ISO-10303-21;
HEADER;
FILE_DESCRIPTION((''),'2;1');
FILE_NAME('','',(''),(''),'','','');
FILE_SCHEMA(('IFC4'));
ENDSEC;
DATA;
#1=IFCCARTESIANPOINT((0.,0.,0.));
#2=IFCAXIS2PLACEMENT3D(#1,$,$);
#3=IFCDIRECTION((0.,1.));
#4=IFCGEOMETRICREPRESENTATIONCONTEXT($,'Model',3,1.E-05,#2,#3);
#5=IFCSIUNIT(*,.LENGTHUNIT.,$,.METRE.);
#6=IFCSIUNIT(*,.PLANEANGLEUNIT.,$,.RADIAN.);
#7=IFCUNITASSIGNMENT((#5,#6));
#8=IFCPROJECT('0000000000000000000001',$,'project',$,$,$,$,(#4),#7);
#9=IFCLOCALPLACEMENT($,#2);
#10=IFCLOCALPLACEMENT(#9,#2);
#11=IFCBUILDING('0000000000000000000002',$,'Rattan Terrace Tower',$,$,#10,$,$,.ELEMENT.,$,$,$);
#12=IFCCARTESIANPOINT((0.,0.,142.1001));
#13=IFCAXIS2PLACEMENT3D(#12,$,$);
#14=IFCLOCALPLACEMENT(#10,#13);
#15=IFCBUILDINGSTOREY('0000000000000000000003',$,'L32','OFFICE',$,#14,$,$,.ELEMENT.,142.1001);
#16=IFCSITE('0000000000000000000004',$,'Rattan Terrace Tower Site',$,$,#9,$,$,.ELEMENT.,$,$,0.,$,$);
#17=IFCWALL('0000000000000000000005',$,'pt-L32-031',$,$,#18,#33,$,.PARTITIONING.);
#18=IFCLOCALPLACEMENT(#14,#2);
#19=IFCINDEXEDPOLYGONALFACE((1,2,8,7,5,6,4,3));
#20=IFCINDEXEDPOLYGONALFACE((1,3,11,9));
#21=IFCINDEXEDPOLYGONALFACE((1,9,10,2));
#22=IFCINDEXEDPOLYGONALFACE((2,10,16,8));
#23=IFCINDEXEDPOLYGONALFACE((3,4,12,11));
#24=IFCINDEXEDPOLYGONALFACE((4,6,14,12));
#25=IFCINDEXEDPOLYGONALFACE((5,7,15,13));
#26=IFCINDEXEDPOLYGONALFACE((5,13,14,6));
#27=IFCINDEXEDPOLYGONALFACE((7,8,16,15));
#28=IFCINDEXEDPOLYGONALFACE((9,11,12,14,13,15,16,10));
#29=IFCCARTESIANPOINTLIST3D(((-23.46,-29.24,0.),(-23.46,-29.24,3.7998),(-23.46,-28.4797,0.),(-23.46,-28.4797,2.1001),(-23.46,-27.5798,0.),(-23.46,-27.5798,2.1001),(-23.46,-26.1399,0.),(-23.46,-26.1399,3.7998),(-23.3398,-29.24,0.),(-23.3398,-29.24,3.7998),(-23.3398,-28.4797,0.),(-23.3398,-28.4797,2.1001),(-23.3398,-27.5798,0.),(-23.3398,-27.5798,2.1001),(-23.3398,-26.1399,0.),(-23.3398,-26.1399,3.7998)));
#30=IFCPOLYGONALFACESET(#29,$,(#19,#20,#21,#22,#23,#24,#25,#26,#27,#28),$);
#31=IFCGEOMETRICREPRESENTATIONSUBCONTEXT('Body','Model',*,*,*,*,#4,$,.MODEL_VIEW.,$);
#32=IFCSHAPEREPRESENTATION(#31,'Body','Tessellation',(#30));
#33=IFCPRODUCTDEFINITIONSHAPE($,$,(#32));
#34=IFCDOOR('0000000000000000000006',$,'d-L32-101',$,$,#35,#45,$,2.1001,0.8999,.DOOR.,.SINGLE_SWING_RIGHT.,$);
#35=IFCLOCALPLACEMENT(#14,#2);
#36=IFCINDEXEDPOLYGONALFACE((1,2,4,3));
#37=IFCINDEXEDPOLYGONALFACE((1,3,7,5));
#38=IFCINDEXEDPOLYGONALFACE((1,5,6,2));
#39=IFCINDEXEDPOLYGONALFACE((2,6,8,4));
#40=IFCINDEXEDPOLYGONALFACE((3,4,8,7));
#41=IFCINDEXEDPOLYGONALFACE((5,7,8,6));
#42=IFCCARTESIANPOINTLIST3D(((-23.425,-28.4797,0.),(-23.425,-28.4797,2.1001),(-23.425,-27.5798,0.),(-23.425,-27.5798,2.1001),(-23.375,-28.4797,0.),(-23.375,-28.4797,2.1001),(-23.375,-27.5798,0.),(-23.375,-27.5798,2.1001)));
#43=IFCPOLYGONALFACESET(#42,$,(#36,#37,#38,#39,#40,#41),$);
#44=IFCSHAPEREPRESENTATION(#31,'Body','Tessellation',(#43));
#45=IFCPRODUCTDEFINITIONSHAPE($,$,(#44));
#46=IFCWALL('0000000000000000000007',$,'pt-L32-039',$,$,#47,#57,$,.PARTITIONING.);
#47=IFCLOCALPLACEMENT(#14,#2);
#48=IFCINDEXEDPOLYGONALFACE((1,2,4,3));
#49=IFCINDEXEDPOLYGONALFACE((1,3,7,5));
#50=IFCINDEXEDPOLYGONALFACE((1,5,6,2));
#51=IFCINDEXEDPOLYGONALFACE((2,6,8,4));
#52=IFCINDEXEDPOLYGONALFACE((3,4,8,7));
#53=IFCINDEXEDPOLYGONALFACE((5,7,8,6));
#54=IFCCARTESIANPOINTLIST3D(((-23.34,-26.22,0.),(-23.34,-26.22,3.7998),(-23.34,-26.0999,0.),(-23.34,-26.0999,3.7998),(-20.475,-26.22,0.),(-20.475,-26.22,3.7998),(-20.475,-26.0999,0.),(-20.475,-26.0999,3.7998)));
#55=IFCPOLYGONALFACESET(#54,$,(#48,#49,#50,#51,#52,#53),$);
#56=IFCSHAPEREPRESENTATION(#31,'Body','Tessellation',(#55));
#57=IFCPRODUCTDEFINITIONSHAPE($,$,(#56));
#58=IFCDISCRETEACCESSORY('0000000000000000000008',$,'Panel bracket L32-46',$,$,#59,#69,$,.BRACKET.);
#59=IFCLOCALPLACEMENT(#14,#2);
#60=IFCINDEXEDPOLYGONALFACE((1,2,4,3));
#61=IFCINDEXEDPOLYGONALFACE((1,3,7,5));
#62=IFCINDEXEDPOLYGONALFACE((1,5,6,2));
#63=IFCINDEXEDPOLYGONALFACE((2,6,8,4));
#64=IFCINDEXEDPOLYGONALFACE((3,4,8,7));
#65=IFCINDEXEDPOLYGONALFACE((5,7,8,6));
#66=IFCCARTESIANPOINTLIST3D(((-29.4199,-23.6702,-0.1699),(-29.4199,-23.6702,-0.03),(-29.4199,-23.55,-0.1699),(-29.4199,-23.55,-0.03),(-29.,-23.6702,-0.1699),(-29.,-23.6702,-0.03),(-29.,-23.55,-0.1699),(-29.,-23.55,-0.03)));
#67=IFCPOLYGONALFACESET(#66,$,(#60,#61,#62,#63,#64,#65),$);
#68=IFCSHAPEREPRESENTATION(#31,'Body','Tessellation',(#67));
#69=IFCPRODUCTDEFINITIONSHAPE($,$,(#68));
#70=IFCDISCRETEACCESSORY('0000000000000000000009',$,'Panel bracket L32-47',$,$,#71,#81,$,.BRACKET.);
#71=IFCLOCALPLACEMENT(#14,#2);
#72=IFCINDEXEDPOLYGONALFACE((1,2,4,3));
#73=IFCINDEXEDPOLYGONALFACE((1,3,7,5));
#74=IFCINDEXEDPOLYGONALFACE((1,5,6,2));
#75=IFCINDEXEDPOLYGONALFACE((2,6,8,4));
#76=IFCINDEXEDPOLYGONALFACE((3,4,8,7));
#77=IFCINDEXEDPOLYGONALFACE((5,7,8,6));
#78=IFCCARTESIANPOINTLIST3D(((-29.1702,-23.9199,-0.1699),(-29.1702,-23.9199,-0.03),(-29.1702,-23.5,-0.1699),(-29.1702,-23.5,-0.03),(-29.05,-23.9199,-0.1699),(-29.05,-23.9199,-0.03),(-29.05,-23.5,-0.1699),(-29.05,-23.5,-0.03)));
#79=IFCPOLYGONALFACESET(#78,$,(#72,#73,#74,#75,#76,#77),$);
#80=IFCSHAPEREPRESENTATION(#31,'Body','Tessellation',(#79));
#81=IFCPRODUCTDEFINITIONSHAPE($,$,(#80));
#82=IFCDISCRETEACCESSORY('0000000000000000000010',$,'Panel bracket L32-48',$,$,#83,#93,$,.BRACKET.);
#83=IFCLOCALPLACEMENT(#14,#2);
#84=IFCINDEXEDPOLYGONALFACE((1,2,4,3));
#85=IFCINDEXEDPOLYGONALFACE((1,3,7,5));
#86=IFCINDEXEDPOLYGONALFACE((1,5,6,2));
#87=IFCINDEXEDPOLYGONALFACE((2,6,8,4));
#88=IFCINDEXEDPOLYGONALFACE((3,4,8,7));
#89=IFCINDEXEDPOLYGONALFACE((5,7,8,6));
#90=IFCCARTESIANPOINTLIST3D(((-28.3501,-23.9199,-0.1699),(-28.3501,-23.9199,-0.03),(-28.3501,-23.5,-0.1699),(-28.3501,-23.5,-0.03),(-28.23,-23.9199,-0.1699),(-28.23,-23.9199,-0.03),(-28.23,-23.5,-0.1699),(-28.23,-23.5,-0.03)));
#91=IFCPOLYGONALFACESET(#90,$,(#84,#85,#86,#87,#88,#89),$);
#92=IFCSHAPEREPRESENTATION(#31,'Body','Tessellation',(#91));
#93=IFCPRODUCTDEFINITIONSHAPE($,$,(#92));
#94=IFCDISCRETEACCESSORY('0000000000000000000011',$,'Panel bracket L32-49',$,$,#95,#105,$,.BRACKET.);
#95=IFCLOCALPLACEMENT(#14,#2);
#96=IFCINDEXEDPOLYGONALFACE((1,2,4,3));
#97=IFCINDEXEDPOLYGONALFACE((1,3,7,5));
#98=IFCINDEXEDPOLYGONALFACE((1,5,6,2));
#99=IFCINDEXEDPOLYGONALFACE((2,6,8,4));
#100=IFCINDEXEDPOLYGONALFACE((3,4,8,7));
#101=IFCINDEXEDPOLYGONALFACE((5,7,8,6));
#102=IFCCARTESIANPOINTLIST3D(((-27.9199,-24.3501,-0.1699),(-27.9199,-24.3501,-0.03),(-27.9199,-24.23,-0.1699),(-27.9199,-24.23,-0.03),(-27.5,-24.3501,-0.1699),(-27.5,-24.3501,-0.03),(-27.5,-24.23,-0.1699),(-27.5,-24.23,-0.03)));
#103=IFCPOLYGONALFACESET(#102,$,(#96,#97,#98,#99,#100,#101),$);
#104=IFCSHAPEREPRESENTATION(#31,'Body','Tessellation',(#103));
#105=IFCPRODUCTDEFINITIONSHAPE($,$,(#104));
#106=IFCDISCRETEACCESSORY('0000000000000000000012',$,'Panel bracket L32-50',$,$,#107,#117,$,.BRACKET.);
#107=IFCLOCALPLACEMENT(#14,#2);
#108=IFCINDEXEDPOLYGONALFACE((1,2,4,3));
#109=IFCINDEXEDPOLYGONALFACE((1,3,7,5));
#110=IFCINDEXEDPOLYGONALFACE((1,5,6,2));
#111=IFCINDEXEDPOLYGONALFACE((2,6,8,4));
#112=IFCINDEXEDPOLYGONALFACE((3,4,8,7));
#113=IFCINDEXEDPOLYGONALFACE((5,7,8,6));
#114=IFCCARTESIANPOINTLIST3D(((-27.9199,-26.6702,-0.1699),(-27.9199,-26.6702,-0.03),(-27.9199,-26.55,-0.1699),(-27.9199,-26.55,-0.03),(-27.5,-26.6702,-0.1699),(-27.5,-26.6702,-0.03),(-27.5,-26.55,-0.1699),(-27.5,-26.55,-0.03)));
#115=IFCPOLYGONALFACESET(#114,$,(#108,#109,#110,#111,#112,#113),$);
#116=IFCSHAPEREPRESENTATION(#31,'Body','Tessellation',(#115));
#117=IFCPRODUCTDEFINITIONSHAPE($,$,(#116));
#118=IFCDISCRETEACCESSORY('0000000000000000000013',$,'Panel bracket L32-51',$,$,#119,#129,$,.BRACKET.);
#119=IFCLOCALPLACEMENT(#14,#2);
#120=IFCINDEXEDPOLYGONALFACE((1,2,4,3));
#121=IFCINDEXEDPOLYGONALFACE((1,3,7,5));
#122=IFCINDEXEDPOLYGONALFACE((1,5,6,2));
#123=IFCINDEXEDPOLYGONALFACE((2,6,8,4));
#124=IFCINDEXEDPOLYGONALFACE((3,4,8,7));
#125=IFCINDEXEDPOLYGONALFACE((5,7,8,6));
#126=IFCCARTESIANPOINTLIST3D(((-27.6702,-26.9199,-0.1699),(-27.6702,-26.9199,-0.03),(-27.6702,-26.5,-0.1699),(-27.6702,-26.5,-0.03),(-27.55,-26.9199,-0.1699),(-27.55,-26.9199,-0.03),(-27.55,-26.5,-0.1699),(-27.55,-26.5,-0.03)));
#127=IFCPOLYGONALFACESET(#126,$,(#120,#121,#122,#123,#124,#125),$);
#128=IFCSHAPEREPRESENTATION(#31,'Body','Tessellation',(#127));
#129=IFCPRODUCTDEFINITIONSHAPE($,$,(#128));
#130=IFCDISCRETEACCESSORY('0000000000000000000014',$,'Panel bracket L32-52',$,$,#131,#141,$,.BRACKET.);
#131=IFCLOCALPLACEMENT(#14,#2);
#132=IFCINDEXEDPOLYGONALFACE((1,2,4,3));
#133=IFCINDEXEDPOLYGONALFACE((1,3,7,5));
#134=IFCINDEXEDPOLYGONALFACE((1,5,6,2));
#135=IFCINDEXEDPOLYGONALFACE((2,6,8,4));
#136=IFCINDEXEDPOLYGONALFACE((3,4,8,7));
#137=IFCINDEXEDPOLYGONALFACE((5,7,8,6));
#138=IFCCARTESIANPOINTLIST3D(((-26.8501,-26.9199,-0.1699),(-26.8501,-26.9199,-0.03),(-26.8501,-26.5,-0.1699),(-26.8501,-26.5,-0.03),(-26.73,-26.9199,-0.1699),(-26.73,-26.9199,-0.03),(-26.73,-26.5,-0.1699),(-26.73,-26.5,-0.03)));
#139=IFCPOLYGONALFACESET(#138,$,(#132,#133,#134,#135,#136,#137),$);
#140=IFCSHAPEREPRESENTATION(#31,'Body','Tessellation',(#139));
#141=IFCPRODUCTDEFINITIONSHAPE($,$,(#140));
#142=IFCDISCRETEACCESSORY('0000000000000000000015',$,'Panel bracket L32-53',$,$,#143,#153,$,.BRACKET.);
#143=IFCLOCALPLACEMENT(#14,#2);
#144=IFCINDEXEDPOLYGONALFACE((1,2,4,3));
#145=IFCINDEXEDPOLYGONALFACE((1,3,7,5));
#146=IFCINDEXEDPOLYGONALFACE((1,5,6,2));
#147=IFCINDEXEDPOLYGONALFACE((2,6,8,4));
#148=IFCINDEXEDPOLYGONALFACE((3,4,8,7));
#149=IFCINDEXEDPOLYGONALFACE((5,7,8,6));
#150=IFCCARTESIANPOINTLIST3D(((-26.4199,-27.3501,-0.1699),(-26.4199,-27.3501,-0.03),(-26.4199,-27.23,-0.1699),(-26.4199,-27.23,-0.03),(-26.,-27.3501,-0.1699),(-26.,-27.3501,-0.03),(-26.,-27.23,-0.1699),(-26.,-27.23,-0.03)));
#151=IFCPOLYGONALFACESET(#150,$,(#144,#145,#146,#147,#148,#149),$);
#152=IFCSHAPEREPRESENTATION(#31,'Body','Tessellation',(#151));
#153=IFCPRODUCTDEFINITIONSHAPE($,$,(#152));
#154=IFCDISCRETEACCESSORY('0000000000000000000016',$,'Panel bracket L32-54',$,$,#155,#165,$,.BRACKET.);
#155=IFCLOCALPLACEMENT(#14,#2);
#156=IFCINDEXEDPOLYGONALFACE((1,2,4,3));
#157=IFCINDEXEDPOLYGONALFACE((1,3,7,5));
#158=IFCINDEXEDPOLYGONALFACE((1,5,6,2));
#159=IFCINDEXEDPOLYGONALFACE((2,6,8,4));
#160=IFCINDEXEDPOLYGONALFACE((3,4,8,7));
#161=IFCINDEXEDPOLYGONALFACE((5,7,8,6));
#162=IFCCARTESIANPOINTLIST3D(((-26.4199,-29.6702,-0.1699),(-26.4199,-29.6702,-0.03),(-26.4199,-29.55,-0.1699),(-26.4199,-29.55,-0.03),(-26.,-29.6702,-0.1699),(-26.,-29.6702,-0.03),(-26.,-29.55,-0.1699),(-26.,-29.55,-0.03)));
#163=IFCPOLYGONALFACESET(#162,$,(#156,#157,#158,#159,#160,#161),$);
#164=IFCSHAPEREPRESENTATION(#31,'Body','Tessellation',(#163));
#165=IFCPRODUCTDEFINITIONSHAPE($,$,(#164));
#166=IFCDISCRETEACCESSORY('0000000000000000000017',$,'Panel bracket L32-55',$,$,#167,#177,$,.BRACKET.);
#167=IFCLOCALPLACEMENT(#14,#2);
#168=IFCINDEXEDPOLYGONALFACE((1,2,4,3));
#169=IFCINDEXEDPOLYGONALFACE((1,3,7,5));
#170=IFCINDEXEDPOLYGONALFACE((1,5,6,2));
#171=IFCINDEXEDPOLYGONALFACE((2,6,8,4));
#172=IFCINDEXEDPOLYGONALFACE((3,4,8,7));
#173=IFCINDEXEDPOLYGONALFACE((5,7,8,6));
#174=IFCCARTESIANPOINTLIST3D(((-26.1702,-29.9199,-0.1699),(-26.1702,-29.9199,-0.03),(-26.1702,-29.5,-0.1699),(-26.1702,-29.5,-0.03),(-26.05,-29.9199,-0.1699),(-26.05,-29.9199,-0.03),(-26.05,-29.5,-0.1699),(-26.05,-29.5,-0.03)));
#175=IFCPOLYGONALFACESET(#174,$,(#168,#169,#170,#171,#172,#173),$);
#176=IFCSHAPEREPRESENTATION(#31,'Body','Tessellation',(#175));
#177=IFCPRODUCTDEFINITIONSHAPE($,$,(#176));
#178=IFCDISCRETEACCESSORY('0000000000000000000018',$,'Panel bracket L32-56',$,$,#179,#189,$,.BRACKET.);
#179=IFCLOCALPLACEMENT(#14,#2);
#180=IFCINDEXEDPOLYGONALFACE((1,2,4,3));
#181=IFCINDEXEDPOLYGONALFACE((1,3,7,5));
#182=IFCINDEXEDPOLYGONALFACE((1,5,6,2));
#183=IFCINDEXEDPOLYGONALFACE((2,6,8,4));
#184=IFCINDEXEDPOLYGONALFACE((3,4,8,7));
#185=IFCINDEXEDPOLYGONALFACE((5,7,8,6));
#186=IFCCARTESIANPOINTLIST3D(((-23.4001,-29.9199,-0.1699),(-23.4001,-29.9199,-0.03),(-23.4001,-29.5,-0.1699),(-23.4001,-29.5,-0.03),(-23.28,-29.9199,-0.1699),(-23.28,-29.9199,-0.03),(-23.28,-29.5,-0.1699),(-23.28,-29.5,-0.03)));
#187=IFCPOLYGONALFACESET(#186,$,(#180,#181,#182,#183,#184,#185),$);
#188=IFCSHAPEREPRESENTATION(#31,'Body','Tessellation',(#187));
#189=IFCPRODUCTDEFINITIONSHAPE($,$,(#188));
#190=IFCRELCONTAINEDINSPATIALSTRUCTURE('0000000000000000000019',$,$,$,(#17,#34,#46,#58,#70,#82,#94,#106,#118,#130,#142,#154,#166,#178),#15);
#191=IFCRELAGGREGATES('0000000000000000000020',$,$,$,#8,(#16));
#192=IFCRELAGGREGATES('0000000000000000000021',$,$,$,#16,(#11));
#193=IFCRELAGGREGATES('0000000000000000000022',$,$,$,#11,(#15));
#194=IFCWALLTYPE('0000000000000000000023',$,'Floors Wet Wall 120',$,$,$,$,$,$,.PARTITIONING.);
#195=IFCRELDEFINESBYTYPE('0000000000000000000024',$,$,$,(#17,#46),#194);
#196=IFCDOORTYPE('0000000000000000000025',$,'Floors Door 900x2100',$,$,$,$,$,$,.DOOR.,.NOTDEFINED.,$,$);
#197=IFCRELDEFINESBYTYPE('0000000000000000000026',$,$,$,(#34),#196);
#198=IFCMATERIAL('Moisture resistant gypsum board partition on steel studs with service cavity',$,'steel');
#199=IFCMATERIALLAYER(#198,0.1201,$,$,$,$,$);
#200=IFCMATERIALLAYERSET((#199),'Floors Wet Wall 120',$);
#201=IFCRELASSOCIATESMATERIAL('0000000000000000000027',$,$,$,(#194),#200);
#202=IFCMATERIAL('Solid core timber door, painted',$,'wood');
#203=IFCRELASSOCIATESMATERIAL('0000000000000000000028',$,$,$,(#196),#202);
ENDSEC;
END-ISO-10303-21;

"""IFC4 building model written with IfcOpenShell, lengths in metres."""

from ifc_helpers import new_model, si_unit, direction, frame, frame_2d, origin, origin_2d, place, context, subcontext, project, spatial, rectangle, extrude, material, layer, layer_set, type_object, element, fill, save


model = new_model("IFC4")

# Units and contexts
model_context = context("Model", 3, precision=1e-05, world=origin(), true_north=direction((0.0, 1.0)))
body_context = subcontext(model_context, "Body", "Model", "MODEL_VIEW")
ifc_project = project(units=[si_unit("LENGTHUNIT", "METRE"), si_unit("PLANEANGLEUNIT", "RADIAN")], contexts=[model_context])

# Site, building, storey
site_placement = place(None, origin())
site = spatial("IfcSite", under=ifc_project, at=site_placement, Name="Rattan Terrace Tower Site", CompositionType="ELEMENT", RefElevation=0.0)
building_placement = place(site_placement, origin())
building = spatial("IfcBuilding", under=site, at=building_placement, Name="Rattan Terrace Tower", CompositionType="ELEMENT")
storey_placement = place(building_placement, frame((0.0, 0.0, 142.1001)))
storey = spatial("IfcBuildingStorey", under=building, at=storey_placement, Name="L32", Description="OFFICE", CompositionType="ELEMENT", Elevation=142.1001)

# Wall, opening, door
ifc_material_1 = material(Name="Moisture resistant gypsum board partition on steel studs with service cavity", Category="steel")
ifc_layer_1 = layer(ifc_material_1, 0.1201)
ifc_layer_set_1 = layer_set([ifc_layer_1], Name="Floors Wet Wall 120")
wall_type_1 = type_object("IfcWallType", Name="Floors Wet Wall 120", PredefinedType="PARTITIONING", material=ifc_layer_set_1)
wall_1_placement = place(storey_placement, frame((-23.3999, -26.1399, 0.0), z_axis=(0.0, 0.0, 1.0), x_axis=(0.0, -1.0, 0.0)))
wall_1 = element("IfcWall", 1, at=wall_1_placement, inside=storey, type_object=wall_type_1, Name="pt-L32-031", PredefinedType="PARTITIONING", context=body_context, shape_type="SweptSolid", body=[
    extrude(rectangle(XDim=3.1001, YDim=0.1201, at=frame_2d((1.55, 0.0))), origin(), (0.0, 0.0, 1.0), 3.7998),
])
opening_1_placement = place(wall_1_placement, frame((1.4399, 0.0, 0.0)))
opening_1 = element("IfcOpeningElement", 2, at=opening_1_placement, cuts=wall_1, PredefinedType="OPENING", context=body_context, shape_type="SweptSolid", body=[
    extrude(rectangle(XDim=0.8999, YDim=2.1001, at=frame_2d((0.45, 1.05))), frame((0.0, 0.0706, 0.0), z_axis=(0.0, -1.0, 0.0), x_axis=(1.0, 0.0, 0.0)), (0.0, 0.0, 1.0), 0.1411),
])
ifc_material_2 = material(Name="Solid core timber door, painted", Category="wood")
door_type_1 = type_object("IfcDoorType", Name="Floors Door 900x2100", OperationType="NOTDEFINED", PredefinedType="DOOR", material=ifc_material_2)
door_1_placement = place(opening_1_placement, origin())
door_1 = element("IfcDoor", 3, at=door_1_placement, inside=storey, type_object=door_type_1, Name="d-L32-101", OperationType="SINGLE_SWING_RIGHT", OverallHeight=2.1001, OverallWidth=0.8999, PredefinedType="DOOR", context=body_context, shape_type="SweptSolid", body=[
    extrude(rectangle(XDim=0.8999, YDim=2.1001, at=frame_2d((0.45, 1.05))), frame((0.0, 0.0249, 0.0), z_axis=(0.0, -1.0, 0.0), x_axis=(1.0, 0.0, 0.0)), (0.0, 0.0, 1.0), 0.05),
])
fill(opening_1, door_1)

# Wall
wall_2_placement = place(storey_placement, frame((-23.3401, -26.1599, 0.0), z_axis=(0.0, 0.0, 1.0), x_axis=(1.0, 0.0, 0.0)))
element("IfcWall", 4, at=wall_2_placement, inside=storey, type_object=wall_type_1, Name="pt-L32-039", PredefinedType="PARTITIONING", context=body_context, shape_type="SweptSolid", body=[
    extrude(rectangle(XDim=2.865, YDim=0.1201, at=frame_2d((1.4326, 0.0))), origin(), (0.0, 0.0, 1.0), 3.7998),
])

# Discrete accessories
for number, where, z_axis, x_axis, name in (
    (5, (-29.21, -23.6101, -0.1699), (0.0, 0.0, 1.0), (0.0, -1.0, 0.0), "Panel bracket L32-46"),
    (6, (-29.1101, -23.71, -0.1699), (0.0, 0.0, 1.0), (1.0, 0.0, 0.0), "Panel bracket L32-47"),
    (7, (-28.29, -23.71, -0.1699), (0.0, 0.0, 1.0), (1.0, 0.0, 0.0), "Panel bracket L32-48"),
    (8, (-27.71, -24.29, -0.1699), (0.0, 0.0, 1.0), (0.0, -1.0, 0.0), "Panel bracket L32-49"),
    (9, (-27.71, -26.6101, -0.1699), (0.0, 0.0, 1.0), (0.0, -1.0, 0.0), "Panel bracket L32-50"),
    (10, (-27.6101, -26.71, -0.1699), (0.0, 0.0, 1.0), (1.0, 0.0, 0.0), "Panel bracket L32-51"),
    (11, (-26.79, -26.71, -0.1699), (0.0, 0.0, 1.0), (1.0, 0.0, 0.0), "Panel bracket L32-52"),
    (12, (-26.21, -27.29, -0.1699), (0.0, 0.0, 1.0), (0.0, -1.0, 0.0), "Panel bracket L32-53"),
    (13, (-26.21, -29.6101, -0.1699), (0.0, 0.0, 1.0), (0.0, -1.0, 0.0), "Panel bracket L32-54"),
    (14, (-26.1101, -29.71, -0.1699), (0.0, 0.0, 1.0), (1.0, 0.0, 0.0), "Panel bracket L32-55"),
    (15, (-23.3401, -29.71, -0.1699), (0.0, 0.0, 1.0), (1.0, 0.0, 0.0), "Panel bracket L32-56"),
):
    element("IfcDiscreteAccessory", number, at=place(storey_placement, frame(where, z_axis=z_axis, x_axis=x_axis)), inside=storey, Name=name, PredefinedType="BRACKET", context=body_context, shape_type="SweptSolid", body=[
        extrude(rectangle(XDim=0.1201, YDim=0.4199, at=origin_2d()), origin(), (0.0, 0.0, 1.0), 0.1399),
    ])

save(model, "model.ifc")
